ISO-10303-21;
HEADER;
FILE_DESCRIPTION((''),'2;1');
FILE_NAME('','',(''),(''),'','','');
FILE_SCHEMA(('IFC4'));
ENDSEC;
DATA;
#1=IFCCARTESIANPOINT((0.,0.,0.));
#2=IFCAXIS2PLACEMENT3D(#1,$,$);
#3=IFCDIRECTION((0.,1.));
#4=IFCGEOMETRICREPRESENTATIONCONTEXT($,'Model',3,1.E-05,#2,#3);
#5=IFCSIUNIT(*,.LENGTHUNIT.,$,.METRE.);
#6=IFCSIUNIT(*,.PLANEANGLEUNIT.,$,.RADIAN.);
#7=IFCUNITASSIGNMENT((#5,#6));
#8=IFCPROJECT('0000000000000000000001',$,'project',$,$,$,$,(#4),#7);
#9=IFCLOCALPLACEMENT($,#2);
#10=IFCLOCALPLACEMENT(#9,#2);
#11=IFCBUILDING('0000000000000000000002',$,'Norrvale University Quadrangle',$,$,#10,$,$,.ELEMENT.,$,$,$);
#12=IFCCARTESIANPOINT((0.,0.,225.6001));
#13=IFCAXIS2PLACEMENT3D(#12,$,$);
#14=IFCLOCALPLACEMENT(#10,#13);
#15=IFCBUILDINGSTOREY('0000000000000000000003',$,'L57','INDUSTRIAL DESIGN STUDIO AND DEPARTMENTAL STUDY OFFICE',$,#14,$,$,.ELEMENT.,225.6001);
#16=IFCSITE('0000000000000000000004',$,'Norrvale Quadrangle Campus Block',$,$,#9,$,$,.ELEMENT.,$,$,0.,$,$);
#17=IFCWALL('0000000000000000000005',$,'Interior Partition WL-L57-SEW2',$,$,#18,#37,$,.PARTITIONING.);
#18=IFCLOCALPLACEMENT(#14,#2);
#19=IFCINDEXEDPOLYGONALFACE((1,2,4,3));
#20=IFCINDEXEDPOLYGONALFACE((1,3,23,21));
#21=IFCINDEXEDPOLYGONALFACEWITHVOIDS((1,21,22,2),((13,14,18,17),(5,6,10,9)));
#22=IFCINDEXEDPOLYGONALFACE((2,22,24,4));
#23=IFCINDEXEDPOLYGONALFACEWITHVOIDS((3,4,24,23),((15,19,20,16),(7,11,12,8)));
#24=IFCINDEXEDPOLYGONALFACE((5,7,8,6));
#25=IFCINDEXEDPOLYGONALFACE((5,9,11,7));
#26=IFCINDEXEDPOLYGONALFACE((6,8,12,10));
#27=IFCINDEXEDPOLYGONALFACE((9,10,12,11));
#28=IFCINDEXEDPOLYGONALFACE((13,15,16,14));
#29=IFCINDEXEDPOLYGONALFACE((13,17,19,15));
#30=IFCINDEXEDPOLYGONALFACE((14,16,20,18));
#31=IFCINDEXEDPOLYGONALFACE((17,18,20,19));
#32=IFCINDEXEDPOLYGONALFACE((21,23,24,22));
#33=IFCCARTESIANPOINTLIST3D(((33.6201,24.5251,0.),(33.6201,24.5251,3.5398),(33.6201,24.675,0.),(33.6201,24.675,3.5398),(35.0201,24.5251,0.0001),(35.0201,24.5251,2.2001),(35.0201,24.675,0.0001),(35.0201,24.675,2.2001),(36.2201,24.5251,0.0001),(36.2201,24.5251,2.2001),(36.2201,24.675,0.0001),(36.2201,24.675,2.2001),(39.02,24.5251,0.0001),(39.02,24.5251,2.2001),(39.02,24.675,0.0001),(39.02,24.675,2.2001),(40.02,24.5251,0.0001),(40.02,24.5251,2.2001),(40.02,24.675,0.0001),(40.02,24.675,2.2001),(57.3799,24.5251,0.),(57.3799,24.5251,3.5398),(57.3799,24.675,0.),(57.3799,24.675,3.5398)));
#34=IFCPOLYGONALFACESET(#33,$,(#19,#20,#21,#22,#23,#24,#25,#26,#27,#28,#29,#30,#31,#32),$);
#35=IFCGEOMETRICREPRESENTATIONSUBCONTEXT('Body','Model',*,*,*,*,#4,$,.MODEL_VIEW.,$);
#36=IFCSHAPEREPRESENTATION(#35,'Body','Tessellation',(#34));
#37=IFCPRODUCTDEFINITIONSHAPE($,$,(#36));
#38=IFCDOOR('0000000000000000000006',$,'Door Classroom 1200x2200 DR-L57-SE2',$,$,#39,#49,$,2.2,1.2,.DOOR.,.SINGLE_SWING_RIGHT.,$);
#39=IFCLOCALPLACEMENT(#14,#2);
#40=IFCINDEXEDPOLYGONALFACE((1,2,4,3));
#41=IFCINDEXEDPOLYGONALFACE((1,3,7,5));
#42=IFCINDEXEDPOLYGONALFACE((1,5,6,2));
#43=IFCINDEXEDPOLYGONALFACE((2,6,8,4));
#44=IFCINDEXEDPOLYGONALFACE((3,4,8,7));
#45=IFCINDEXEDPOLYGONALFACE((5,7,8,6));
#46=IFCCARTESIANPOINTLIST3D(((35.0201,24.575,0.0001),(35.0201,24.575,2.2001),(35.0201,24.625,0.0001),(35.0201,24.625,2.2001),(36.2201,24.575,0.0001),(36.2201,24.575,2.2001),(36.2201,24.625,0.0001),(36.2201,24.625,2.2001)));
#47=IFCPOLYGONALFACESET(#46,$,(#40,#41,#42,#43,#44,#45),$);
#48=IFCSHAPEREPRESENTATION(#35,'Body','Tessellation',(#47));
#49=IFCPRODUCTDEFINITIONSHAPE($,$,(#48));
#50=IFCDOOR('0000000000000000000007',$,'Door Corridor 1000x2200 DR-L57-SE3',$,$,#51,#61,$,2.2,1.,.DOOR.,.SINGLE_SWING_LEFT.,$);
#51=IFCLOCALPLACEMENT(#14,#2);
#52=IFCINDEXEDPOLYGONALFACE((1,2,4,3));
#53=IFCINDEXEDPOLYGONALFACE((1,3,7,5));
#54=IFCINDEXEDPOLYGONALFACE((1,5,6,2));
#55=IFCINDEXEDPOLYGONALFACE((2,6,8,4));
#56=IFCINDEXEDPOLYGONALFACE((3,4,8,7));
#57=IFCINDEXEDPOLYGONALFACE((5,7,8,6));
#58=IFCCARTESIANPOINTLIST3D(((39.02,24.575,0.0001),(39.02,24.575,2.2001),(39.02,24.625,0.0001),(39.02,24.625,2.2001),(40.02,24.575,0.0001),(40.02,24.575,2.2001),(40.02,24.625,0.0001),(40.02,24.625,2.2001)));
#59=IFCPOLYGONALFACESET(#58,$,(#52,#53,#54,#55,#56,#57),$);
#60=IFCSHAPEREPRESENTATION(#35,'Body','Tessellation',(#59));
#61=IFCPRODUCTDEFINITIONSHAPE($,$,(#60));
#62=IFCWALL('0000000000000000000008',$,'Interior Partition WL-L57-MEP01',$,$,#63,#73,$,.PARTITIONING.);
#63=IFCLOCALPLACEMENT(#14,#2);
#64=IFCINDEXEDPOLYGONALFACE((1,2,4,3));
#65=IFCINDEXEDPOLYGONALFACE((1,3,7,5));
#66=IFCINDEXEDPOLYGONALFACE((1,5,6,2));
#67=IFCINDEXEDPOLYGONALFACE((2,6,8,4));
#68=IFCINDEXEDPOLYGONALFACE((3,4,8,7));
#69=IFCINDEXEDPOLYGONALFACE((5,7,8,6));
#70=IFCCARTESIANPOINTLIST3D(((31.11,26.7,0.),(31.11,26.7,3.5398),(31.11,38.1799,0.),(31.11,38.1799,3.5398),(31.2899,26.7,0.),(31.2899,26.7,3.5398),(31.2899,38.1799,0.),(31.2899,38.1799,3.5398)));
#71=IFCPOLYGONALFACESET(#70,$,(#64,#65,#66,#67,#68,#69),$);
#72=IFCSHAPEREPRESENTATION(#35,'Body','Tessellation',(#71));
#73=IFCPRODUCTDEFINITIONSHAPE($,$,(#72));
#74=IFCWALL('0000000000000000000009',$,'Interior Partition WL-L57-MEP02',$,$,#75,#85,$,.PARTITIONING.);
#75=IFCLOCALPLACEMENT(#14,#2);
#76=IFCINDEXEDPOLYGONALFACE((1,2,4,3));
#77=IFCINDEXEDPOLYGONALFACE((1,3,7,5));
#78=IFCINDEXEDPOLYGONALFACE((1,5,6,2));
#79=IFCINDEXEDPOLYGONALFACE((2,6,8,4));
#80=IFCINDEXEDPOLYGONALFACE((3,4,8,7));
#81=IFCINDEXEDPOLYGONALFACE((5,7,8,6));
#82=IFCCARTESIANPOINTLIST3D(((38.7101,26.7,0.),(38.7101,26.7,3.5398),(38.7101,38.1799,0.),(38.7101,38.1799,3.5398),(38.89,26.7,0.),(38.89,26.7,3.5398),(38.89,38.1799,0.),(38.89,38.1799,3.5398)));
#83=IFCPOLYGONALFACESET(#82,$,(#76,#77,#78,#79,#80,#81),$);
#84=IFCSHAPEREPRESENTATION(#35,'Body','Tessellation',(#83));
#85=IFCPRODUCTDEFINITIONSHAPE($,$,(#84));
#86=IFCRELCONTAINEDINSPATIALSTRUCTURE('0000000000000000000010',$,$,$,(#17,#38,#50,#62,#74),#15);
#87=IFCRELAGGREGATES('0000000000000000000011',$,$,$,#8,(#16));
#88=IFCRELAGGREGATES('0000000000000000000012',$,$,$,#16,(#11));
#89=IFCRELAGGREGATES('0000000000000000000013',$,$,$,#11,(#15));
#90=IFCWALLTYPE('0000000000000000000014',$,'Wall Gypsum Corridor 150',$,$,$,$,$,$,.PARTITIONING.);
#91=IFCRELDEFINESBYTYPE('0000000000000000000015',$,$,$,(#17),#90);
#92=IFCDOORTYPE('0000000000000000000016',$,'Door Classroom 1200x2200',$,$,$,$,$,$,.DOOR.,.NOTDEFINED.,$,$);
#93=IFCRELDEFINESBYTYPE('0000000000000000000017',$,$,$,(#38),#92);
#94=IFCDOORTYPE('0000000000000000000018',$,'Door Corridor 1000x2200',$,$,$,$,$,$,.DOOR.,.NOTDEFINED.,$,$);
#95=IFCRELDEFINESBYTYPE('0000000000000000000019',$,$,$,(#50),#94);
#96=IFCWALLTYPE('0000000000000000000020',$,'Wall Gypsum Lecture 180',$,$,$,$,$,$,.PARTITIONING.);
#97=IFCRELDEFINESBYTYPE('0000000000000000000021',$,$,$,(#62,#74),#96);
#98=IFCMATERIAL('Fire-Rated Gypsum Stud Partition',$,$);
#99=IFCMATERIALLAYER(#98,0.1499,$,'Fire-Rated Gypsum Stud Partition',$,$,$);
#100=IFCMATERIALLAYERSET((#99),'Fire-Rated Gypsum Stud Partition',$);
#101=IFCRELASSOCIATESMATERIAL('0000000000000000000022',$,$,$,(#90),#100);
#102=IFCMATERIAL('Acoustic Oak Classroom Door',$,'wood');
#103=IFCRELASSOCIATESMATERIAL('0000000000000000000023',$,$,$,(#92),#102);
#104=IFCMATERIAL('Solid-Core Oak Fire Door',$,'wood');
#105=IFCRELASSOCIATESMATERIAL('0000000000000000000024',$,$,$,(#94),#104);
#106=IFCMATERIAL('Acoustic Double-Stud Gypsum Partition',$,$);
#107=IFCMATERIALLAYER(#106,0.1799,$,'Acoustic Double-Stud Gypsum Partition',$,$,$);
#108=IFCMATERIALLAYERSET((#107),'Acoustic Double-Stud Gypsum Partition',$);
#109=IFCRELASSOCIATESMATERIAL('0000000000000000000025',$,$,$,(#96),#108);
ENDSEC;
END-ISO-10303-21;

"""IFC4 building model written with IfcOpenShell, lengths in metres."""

from ifc_helpers import new_model, si_unit, direction, frame, frame_2d, origin, place, context, subcontext, project, spatial, rectangle, extrude, material, layer, layer_set, type_object, element, fill, save


model = new_model("IFC4")

# Units and contexts
model_context = context("Model", 3, precision=1e-05, world=origin(), true_north=direction((0.0, 1.0)))
body_context = subcontext(model_context, "Body", "Model", "MODEL_VIEW")
ifc_project = project(units=[si_unit("LENGTHUNIT", "METRE"), si_unit("PLANEANGLEUNIT", "RADIAN")], contexts=[model_context])

# Site, building, storey
site_placement = place(None, origin())
site = spatial("IfcSite", under=ifc_project, at=site_placement, Name="Norrvale Quadrangle Campus Block", CompositionType="ELEMENT", RefElevation=0.0)
building_placement = place(site_placement, origin())
building = spatial("IfcBuilding", under=site, at=building_placement, Name="Norrvale University Quadrangle", CompositionType="ELEMENT")
storey_placement = place(building_placement, frame((0.0, 0.0, 225.6001)))
storey = spatial("IfcBuildingStorey", under=building, at=storey_placement, Name="L57", Description="INDUSTRIAL DESIGN STUDIO AND DEPARTMENTAL STUDY OFFICE", CompositionType="ELEMENT", Elevation=225.6001)

# Wall, openings, doors
ifc_material_1 = material(Name="Fire-Rated Gypsum Stud Partition")
ifc_layer_1 = layer(ifc_material_1, 0.1499, Name="Fire-Rated Gypsum Stud Partition")
ifc_layer_set_1 = layer_set([ifc_layer_1], Name="Fire-Rated Gypsum Stud Partition")
wall_type_1 = type_object("IfcWallType", Name="Wall Gypsum Corridor 150", PredefinedType="PARTITIONING", material=ifc_layer_set_1)
wall_1_placement = place(storey_placement, frame((33.6201, 24.6001, 0.0), z_axis=(0.0, 0.0, 1.0), x_axis=(1.0, 0.0, 0.0)))
wall_1 = element("IfcWall", 1, at=wall_1_placement, inside=storey, type_object=wall_type_1, Name="Interior Partition WL-L57-SEW2", PredefinedType="PARTITIONING", context=body_context, shape_type="SweptSolid", body=[
    extrude(rectangle(XDim=23.7598, YDim=0.1499, at=frame_2d((11.8799, 0.0))), origin(), (0.0, 0.0, 1.0), 3.5398),
])
opening_1_placement = place(wall_1_placement, frame((1.3999, 0.0, 0.0)))
opening_1 = element("IfcOpeningElement", 2, at=opening_1_placement, cuts=wall_1, PredefinedType="OPENING", context=body_context, shape_type="SweptSolid", body=[
    extrude(rectangle(XDim=1.2, YDim=2.2, at=frame_2d((0.6001, 1.1001))), frame((0.0, 0.0869, 0.0), z_axis=(0.0, -1.0, 0.0), x_axis=(1.0, 0.0, 0.0)), (0.0, 0.0, 1.0), 0.1738),
])
opening_2_placement = place(wall_1_placement, frame((5.3999, 0.0, 0.0)))
opening_2 = element("IfcOpeningElement", 3, at=opening_2_placement, cuts=wall_1, PredefinedType="OPENING", context=body_context, shape_type="SweptSolid", body=[
    extrude(rectangle(XDim=1.0, YDim=2.2, at=frame_2d((0.5, 1.1001))), frame((0.0, 0.0869, 0.0), z_axis=(0.0, -1.0, 0.0), x_axis=(1.0, 0.0, 0.0)), (0.0, 0.0, 1.0), 0.1738),
])
ifc_material_2 = material(Name="Acoustic Oak Classroom Door", Category="wood")
door_type_1 = type_object("IfcDoorType", Name="Door Classroom 1200x2200", OperationType="NOTDEFINED", PredefinedType="DOOR", material=ifc_material_2)
door_1_placement = place(opening_1_placement, origin())
door_1 = element("IfcDoor", 4, at=door_1_placement, inside=storey, type_object=door_type_1, Name="Door Classroom 1200x2200 DR-L57-SE2", OperationType="SINGLE_SWING_RIGHT", OverallHeight=2.2, OverallWidth=1.2, PredefinedType="DOOR", context=body_context, shape_type="SweptSolid", body=[
    extrude(rectangle(XDim=1.2, YDim=2.2, at=frame_2d((0.6001, 1.1001))), frame((0.0, 0.0249, 0.0), z_axis=(0.0, -1.0, 0.0), x_axis=(1.0, 0.0, 0.0)), (0.0, 0.0, 1.0), 0.05),
])
fill(opening_1, door_1)
ifc_material_3 = material(Name="Solid-Core Oak Fire Door", Category="wood")
door_type_2 = type_object("IfcDoorType", Name="Door Corridor 1000x2200", OperationType="NOTDEFINED", PredefinedType="DOOR", material=ifc_material_3)
door_2_placement = place(opening_2_placement, origin())
door_2 = element("IfcDoor", 5, at=door_2_placement, inside=storey, type_object=door_type_2, Name="Door Corridor 1000x2200 DR-L57-SE3", OperationType="SINGLE_SWING_LEFT", OverallHeight=2.2, OverallWidth=1.0, PredefinedType="DOOR", context=body_context, shape_type="SweptSolid", body=[
    extrude(rectangle(XDim=1.0, YDim=2.2, at=frame_2d((0.5, 1.1001))), frame((0.0, 0.0249, 0.0), z_axis=(0.0, -1.0, 0.0), x_axis=(1.0, 0.0, 0.0)), (0.0, 0.0, 1.0), 0.05),
])
fill(opening_2, door_2)

# Walls
ifc_material_4 = material(Name="Acoustic Double-Stud Gypsum Partition")
ifc_layer_2 = layer(ifc_material_4, 0.1799, Name="Acoustic Double-Stud Gypsum Partition")
ifc_layer_set_2 = layer_set([ifc_layer_2], Name="Acoustic Double-Stud Gypsum Partition")
wall_type_2 = type_object("IfcWallType", Name="Wall Gypsum Lecture 180", PredefinedType="PARTITIONING", material=ifc_layer_set_2)
for number, where, z_axis, x_axis, name in (
    (6, (31.2, 26.7, 0.0), (0.0, 0.0, 1.0), (0.0, 1.0, 0.0), "Interior Partition WL-L57-MEP01"),
    (7, (38.8, 26.7, 0.0), (0.0, 0.0, 1.0), (0.0, 1.0, 0.0), "Interior Partition WL-L57-MEP02"),
):
    element("IfcWall", number, at=place(storey_placement, frame(where, z_axis=z_axis, x_axis=x_axis)), inside=storey, type_object=wall_type_2, Name=name, PredefinedType="PARTITIONING", context=body_context, shape_type="SweptSolid", body=[
        extrude(rectangle(XDim=11.48, YDim=0.1799, at=frame_2d((5.74, 0.0))), origin(), (0.0, 0.0, 1.0), 3.5398),
    ])

save(model, "model.ifc")
